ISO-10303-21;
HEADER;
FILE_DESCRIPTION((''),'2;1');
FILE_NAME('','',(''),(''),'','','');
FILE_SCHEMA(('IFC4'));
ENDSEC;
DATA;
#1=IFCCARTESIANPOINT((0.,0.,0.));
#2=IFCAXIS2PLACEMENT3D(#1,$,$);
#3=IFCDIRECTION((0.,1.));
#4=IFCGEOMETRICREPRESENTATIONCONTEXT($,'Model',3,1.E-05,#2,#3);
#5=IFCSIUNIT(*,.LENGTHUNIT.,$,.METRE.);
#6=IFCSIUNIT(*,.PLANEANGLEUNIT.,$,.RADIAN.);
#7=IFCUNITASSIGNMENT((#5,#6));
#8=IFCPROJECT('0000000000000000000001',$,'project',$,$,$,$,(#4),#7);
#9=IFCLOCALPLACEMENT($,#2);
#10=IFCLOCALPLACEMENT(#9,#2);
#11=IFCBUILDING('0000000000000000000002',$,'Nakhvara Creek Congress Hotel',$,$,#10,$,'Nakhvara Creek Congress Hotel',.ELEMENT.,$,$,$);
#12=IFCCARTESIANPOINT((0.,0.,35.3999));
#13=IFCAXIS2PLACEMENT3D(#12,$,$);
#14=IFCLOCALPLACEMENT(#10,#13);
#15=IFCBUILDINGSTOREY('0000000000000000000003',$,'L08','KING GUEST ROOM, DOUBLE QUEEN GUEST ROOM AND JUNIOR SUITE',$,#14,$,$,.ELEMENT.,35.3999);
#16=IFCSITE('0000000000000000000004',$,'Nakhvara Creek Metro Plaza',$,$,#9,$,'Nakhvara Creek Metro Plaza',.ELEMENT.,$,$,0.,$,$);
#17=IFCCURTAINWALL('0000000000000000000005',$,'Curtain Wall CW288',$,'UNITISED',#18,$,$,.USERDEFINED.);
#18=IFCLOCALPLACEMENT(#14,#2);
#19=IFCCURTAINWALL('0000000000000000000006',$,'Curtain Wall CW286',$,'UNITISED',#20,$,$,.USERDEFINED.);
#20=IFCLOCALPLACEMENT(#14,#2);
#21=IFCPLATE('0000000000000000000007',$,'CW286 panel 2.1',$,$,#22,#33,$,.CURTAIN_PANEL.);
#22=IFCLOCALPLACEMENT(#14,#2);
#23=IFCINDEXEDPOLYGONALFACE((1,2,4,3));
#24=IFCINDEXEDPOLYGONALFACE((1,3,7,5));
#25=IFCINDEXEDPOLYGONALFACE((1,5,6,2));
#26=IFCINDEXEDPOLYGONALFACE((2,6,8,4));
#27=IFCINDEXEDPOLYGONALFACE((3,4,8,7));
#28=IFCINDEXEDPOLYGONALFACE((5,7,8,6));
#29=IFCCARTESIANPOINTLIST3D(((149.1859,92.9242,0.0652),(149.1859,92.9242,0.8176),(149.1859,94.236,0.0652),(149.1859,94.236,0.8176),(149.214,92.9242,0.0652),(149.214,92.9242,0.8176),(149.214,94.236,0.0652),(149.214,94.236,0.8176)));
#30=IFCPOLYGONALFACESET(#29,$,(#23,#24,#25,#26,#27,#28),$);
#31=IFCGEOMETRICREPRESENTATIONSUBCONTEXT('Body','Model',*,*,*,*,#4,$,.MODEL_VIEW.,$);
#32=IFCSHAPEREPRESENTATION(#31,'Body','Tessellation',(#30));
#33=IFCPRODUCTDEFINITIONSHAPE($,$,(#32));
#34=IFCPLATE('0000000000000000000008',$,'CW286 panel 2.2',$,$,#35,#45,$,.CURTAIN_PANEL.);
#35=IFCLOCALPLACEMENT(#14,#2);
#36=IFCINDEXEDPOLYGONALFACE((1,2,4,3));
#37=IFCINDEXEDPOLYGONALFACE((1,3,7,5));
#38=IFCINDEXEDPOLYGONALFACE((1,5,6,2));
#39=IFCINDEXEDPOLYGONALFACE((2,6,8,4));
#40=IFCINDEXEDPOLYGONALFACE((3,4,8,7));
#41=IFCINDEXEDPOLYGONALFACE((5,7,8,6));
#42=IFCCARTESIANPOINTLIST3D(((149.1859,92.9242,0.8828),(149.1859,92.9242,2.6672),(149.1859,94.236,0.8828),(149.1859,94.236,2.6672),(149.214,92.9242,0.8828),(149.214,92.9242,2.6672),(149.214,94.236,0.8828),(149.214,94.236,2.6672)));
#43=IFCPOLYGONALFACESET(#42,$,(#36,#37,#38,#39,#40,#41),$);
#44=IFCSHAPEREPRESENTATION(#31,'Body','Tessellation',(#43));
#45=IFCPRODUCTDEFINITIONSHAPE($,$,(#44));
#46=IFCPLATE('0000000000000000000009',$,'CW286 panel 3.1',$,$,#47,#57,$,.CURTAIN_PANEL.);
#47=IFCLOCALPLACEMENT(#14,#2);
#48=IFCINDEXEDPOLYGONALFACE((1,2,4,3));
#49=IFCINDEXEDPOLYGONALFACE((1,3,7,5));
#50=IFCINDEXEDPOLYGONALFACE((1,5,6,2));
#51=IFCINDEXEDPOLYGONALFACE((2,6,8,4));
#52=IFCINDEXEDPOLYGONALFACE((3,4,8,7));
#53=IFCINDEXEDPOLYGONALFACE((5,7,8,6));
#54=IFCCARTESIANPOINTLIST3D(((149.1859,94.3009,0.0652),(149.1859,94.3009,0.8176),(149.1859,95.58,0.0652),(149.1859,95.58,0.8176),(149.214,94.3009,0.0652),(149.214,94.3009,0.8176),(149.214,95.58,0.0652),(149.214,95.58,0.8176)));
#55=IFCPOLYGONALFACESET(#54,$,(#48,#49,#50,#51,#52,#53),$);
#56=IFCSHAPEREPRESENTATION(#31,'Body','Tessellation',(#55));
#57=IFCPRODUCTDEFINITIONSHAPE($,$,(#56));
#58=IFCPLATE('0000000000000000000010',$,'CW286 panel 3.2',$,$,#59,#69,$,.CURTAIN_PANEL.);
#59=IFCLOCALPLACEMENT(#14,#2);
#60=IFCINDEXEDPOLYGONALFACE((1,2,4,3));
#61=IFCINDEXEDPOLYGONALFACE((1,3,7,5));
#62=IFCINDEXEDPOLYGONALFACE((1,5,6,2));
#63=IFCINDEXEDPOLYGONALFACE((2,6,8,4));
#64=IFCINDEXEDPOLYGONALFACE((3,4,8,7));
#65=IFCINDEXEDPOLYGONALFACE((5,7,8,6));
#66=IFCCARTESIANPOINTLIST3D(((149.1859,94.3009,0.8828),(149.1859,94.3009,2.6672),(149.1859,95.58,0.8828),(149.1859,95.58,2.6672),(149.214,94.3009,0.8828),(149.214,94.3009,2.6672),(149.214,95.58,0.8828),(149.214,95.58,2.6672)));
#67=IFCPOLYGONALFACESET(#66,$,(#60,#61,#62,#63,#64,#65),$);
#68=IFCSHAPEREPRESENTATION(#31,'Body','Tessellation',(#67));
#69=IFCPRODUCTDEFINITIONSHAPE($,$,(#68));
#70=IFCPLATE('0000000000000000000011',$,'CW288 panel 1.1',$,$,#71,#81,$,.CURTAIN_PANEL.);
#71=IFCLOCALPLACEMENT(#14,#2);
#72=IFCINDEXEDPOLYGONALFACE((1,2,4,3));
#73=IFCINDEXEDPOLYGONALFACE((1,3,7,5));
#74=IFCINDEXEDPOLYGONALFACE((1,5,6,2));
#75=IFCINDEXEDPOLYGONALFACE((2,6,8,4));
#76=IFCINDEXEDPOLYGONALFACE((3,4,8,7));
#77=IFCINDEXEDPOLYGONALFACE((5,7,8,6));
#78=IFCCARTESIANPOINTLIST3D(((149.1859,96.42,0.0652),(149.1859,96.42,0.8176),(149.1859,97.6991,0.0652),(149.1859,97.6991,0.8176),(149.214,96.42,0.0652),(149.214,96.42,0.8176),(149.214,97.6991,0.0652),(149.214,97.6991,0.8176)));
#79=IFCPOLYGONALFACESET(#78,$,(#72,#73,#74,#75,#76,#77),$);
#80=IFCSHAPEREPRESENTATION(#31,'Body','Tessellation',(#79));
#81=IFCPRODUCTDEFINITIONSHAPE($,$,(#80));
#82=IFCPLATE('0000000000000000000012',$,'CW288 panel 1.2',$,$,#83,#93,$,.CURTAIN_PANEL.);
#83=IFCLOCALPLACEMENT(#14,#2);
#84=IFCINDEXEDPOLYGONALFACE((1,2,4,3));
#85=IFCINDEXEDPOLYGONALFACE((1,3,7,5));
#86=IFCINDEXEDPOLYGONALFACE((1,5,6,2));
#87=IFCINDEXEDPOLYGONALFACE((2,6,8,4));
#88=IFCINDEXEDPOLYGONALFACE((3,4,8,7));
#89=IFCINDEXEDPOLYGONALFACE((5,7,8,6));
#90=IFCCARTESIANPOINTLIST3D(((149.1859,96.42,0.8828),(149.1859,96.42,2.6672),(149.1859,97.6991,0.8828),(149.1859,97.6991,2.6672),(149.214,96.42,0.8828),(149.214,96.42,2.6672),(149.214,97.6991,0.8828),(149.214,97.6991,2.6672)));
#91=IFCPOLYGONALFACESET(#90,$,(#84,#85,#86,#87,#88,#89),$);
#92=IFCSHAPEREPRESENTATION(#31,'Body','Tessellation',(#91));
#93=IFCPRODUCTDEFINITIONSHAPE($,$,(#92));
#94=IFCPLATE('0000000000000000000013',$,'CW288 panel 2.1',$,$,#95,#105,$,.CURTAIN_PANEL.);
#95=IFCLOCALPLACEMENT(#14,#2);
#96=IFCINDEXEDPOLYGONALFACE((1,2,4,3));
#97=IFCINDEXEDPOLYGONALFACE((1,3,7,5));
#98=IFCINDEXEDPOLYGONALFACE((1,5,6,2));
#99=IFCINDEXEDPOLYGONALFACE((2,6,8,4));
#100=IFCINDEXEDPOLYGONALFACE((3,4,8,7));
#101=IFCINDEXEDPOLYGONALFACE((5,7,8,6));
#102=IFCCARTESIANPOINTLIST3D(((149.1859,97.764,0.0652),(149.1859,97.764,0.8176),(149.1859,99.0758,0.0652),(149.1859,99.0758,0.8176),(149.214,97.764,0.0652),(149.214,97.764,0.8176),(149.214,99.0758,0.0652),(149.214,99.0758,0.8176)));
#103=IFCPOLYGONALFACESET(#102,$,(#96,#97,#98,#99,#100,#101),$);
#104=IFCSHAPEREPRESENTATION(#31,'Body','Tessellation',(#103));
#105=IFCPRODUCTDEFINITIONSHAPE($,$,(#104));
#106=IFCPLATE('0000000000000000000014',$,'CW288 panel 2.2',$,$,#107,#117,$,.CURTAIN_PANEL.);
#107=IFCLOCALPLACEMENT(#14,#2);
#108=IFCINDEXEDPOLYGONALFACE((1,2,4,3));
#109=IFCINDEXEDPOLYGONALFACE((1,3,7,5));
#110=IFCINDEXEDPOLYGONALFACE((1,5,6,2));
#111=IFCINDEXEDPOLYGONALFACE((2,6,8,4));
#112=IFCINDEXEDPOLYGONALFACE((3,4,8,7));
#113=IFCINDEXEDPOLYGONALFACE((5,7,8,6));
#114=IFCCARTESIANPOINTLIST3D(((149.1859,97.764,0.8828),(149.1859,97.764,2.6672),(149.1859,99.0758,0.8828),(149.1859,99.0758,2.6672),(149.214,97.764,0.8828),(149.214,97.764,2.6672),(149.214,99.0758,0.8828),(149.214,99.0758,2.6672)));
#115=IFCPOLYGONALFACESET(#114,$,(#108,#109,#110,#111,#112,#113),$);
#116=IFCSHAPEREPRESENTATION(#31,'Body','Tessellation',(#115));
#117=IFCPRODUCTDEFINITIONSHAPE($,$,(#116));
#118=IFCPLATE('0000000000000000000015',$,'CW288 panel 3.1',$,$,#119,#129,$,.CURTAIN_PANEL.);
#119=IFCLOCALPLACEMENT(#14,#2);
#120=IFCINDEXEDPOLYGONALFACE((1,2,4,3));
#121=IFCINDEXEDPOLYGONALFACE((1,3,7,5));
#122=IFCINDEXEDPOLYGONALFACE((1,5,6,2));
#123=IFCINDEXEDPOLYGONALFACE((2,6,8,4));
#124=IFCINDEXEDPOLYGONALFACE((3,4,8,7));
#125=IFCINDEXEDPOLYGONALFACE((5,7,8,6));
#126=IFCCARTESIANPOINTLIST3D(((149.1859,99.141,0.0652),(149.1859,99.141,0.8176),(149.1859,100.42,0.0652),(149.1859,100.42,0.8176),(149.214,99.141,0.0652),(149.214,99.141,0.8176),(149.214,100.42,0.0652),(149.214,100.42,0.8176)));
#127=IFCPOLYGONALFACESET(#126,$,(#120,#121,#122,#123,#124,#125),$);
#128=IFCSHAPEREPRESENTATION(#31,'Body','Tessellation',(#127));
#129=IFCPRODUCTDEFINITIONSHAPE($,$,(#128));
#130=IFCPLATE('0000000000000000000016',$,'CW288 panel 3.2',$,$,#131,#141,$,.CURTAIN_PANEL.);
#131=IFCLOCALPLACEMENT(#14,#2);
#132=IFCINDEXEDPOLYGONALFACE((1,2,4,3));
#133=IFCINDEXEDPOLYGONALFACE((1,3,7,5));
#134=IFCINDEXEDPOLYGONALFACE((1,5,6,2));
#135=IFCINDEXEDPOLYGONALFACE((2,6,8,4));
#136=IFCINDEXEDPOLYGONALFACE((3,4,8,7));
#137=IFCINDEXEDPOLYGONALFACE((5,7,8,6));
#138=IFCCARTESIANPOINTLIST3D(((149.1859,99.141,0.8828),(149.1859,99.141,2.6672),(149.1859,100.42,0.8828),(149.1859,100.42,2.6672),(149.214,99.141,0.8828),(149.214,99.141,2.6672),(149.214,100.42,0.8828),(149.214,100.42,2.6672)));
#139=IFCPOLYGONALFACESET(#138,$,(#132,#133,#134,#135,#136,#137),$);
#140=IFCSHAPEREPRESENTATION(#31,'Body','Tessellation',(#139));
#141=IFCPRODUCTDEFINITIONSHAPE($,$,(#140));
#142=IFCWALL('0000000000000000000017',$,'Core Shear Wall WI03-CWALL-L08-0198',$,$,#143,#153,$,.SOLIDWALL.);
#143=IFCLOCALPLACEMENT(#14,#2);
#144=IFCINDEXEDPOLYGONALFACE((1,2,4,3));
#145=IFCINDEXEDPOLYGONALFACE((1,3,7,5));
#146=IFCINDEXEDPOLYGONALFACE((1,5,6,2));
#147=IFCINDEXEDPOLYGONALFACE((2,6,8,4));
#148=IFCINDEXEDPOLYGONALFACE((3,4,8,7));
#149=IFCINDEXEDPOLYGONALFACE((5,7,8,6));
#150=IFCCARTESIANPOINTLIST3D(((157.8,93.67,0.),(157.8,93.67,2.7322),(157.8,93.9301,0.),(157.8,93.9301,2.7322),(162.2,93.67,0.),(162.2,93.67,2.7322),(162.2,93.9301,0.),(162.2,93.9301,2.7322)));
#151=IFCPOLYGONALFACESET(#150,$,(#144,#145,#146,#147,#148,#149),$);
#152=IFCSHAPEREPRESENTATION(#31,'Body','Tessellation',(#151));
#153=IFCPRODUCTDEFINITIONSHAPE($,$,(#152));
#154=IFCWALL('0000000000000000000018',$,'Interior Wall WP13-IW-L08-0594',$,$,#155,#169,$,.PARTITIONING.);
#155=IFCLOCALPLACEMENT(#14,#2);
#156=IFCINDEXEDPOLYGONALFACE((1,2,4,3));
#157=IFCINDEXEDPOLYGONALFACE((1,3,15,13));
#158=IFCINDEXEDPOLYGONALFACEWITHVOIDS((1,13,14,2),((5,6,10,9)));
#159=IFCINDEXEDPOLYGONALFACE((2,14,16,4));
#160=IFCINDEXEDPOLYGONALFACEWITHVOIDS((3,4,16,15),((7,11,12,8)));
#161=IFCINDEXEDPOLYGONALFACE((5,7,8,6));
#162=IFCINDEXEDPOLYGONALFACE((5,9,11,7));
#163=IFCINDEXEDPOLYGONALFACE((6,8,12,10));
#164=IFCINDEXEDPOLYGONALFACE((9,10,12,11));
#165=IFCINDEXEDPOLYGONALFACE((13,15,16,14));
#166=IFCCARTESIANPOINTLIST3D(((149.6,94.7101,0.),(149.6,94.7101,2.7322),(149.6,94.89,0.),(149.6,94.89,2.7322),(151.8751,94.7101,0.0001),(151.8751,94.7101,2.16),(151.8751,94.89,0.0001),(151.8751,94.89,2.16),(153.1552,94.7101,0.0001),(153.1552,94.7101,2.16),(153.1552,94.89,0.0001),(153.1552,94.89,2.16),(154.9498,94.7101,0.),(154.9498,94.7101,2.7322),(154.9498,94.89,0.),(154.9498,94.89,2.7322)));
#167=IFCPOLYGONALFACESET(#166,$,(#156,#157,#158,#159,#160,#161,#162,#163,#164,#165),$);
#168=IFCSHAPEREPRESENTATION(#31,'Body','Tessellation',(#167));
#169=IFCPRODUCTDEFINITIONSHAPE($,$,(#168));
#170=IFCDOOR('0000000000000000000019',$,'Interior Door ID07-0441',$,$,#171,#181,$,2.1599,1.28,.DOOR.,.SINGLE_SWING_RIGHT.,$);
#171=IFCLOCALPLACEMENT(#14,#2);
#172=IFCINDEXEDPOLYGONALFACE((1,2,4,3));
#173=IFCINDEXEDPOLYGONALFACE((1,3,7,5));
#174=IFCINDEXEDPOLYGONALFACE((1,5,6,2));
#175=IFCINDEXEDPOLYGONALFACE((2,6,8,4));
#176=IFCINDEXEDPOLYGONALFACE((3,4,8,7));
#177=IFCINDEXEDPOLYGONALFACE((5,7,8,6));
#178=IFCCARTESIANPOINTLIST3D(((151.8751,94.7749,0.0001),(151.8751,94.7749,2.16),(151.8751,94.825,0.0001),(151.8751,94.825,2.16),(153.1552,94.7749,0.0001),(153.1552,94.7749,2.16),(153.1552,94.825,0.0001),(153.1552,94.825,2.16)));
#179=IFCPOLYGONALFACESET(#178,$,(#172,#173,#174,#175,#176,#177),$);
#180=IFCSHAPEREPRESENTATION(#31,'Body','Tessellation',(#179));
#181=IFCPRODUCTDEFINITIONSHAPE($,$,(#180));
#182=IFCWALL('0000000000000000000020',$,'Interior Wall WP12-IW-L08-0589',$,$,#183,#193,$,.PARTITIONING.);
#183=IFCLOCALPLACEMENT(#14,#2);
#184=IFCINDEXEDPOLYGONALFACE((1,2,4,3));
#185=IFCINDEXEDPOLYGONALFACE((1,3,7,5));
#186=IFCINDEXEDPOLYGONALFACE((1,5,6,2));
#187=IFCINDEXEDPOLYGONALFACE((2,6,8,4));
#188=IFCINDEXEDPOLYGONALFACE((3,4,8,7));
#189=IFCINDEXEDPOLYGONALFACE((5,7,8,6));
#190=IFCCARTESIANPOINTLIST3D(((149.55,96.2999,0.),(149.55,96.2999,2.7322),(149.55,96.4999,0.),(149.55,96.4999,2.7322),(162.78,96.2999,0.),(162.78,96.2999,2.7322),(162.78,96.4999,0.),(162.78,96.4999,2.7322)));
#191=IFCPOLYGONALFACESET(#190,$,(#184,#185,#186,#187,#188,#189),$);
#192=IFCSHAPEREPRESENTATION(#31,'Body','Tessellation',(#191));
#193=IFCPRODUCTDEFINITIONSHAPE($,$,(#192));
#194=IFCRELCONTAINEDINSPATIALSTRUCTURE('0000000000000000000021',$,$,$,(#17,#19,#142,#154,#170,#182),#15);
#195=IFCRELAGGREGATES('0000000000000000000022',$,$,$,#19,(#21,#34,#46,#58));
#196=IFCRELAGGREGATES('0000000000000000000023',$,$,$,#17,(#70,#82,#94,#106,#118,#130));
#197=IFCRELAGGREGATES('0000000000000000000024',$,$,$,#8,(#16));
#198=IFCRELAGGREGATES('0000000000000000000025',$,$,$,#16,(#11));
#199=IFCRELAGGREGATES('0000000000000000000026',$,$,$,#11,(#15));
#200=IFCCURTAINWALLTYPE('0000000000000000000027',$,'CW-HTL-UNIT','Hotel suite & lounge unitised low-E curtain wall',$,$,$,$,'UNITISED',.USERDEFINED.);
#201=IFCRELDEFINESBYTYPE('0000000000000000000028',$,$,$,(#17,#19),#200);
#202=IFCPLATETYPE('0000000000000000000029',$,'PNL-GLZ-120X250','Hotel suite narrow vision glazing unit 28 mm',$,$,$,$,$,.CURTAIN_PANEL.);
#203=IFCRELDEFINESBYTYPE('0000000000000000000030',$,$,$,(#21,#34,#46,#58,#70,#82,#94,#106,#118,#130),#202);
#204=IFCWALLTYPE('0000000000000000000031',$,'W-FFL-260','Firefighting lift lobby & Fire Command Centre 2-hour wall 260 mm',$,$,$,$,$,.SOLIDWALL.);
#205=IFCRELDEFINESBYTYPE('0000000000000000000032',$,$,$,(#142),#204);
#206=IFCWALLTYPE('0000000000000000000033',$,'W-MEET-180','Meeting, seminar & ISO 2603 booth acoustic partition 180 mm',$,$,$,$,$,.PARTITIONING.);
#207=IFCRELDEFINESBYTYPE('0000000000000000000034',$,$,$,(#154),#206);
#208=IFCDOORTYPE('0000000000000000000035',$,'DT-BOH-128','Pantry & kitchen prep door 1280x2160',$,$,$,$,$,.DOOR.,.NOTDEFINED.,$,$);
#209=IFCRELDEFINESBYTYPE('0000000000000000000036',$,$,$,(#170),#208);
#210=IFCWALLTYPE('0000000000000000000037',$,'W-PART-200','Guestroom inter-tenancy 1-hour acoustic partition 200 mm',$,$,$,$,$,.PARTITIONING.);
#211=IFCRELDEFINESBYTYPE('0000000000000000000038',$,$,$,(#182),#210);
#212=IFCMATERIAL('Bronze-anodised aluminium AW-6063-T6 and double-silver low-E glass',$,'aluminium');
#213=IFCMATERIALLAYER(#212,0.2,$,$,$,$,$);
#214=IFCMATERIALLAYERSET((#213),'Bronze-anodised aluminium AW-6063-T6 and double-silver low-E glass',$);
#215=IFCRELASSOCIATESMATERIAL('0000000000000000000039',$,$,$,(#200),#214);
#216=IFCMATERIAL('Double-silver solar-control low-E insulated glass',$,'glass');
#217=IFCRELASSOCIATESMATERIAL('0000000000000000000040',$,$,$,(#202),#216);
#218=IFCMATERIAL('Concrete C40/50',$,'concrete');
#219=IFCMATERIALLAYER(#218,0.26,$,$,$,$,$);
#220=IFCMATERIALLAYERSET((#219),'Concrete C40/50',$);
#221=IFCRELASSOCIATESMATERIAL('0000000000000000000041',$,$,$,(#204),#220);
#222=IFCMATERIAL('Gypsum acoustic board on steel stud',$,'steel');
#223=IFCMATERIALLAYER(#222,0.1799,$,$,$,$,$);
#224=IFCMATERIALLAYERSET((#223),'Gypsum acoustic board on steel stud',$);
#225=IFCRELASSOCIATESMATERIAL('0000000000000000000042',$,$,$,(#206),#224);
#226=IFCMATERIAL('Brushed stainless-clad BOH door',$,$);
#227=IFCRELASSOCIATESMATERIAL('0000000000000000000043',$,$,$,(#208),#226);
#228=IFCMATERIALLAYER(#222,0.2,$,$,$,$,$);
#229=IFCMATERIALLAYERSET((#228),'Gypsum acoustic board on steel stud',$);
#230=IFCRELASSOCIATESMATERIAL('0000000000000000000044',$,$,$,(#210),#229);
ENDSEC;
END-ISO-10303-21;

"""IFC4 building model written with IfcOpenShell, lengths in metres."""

from ifc_helpers import new_model, si_unit, direction, frame, frame_2d, origin, origin_2d, place, context, subcontext, project, spatial, rectangle, extrude, material, layer, layer_set, type_object, element, fill, aggregate, save


model = new_model("IFC4")

# Units and contexts
model_context = context("Model", 3, precision=1e-05, world=origin(), true_north=direction((0.0, 1.0)))
body_context = subcontext(model_context, "Body", "Model", "MODEL_VIEW")
ifc_project = project(units=[si_unit("LENGTHUNIT", "METRE"), si_unit("PLANEANGLEUNIT", "RADIAN")], contexts=[model_context])

# Site, building, storey
site_placement = place(None, origin())
site = spatial("IfcSite", under=ifc_project, at=site_placement, Name="Nakhvara Creek Metro Plaza", LongName="Nakhvara Creek Metro Plaza", CompositionType="ELEMENT", RefElevation=0.0)
building_placement = place(site_placement, origin())
building = spatial("IfcBuilding", under=site, at=building_placement, Name="Nakhvara Creek Congress Hotel", LongName="Nakhvara Creek Congress Hotel", CompositionType="ELEMENT")
storey_placement = place(building_placement, frame((0.0, 0.0, 35.3999)))
storey = spatial("IfcBuildingStorey", under=building, at=storey_placement, Name="L08", Description="KING GUEST ROOM, DOUBLE QUEEN GUEST ROOM AND JUNIOR SUITE", CompositionType="ELEMENT", Elevation=35.3999)

# Shared definitions
ifc_material_1 = material(Name="Concrete C40/50", Category="concrete")

# Curtain walls
ifc_material_2 = material(Name="Bronze-anodised aluminium AW-6063-T6 and double-silver low-E glass", Category="aluminium")
ifc_layer_1 = layer(ifc_material_2, 0.2)
ifc_layer_set_1 = layer_set([ifc_layer_1], Name="Bronze-anodised aluminium AW-6063-T6 and double-silver low-E glass")
curtain_wall_type = type_object("IfcCurtainWallType", Name="CW-HTL-UNIT", Description="Hotel suite & lounge unitised low-E curtain wall", ElementType="UNITISED", PredefinedType="USERDEFINED", material=ifc_layer_set_1)
curtain_wall_1_placement = place(storey_placement, origin())
curtain_wall_1 = element("IfcCurtainWall", 1, at=curtain_wall_1_placement, inside=storey, type_object=curtain_wall_type, Name="Curtain Wall CW288", ObjectType="UNITISED", PredefinedType="USERDEFINED")
curtain_wall_2_placement = place(storey_placement, origin())
curtain_wall_2 = element("IfcCurtainWall", 2, at=curtain_wall_2_placement, inside=storey, type_object=curtain_wall_type, Name="Curtain Wall CW286", ObjectType="UNITISED", PredefinedType="USERDEFINED")

# Plates
ifc_material_3 = material(Name="Double-silver solar-control low-E insulated glass", Category="glass")
plate_type = type_object("IfcPlateType", Name="PNL-GLZ-120X250", Description="Hotel suite narrow vision glazing unit 28 mm", PredefinedType="CURTAIN_PANEL", material=ifc_material_3)
plate_1_placement = place(storey_placement, frame((149.2, 93.5801, 0.0652), z_axis=(0.0, 0.0, 1.0), x_axis=(0.0, 1.0, 0.0)))
plate_1 = element("IfcPlate", 3, at=plate_1_placement, type_object=plate_type, Name="CW286 panel 2.1", PredefinedType="CURTAIN_PANEL", context=body_context, shape_type="SweptSolid", body=[
    extrude(rectangle(XDim=1.3118, YDim=0.0281, at=origin_2d()), origin(), (0.0, 0.0, 1.0), 0.7524),
])
plate_2_placement = place(storey_placement, frame((149.2, 93.5801, 0.8828), z_axis=(0.0, 0.0, 1.0), x_axis=(0.0, 1.0, 0.0)))
plate_2 = element("IfcPlate", 4, at=plate_2_placement, type_object=plate_type, Name="CW286 panel 2.2", PredefinedType="CURTAIN_PANEL", context=body_context, shape_type="SweptSolid", body=[
    extrude(rectangle(XDim=1.3118, YDim=0.0281, at=origin_2d()), origin(), (0.0, 0.0, 1.0), 1.7844),
])
plate_3_placement = place(storey_placement, frame((149.2, 94.9404, 0.0652), z_axis=(0.0, 0.0, 1.0), x_axis=(0.0, 1.0, 0.0)))
plate_3 = element("IfcPlate", 5, at=plate_3_placement, type_object=plate_type, Name="CW286 panel 3.1", PredefinedType="CURTAIN_PANEL", context=body_context, shape_type="SweptSolid", body=[
    extrude(rectangle(XDim=1.2791, YDim=0.0281, at=origin_2d()), origin(), (0.0, 0.0, 1.0), 0.7524),
])
plate_4_placement = place(storey_placement, frame((149.2, 94.9404, 0.8828), z_axis=(0.0, 0.0, 1.0), x_axis=(0.0, 1.0, 0.0)))
plate_4 = element("IfcPlate", 6, at=plate_4_placement, type_object=plate_type, Name="CW286 panel 3.2", PredefinedType="CURTAIN_PANEL", context=body_context, shape_type="SweptSolid", body=[
    extrude(rectangle(XDim=1.2791, YDim=0.0281, at=origin_2d()), origin(), (0.0, 0.0, 1.0), 1.7844),
])
aggregate(curtain_wall_2, [plate_1, plate_2, plate_3, plate_4])
plate_5_placement = place(storey_placement, frame((149.2, 97.0596, 0.0652), z_axis=(0.0, 0.0, 1.0), x_axis=(0.0, 1.0, 0.0)))
plate_5 = element("IfcPlate", 7, at=plate_5_placement, type_object=plate_type, Name="CW288 panel 1.1", PredefinedType="CURTAIN_PANEL", context=body_context, shape_type="SweptSolid", body=[
    extrude(rectangle(XDim=1.2791, YDim=0.0281, at=origin_2d()), origin(), (0.0, 0.0, 1.0), 0.7524),
])
plate_6_placement = place(storey_placement, frame((149.2, 97.0596, 0.8828), z_axis=(0.0, 0.0, 1.0), x_axis=(0.0, 1.0, 0.0)))
plate_6 = element("IfcPlate", 8, at=plate_6_placement, type_object=plate_type, Name="CW288 panel 1.2", PredefinedType="CURTAIN_PANEL", context=body_context, shape_type="SweptSolid", body=[
    extrude(rectangle(XDim=1.2791, YDim=0.0281, at=origin_2d()), origin(), (0.0, 0.0, 1.0), 1.7844),
])
plate_7_placement = place(storey_placement, frame((149.2, 98.4199, 0.0652), z_axis=(0.0, 0.0, 1.0), x_axis=(0.0, 1.0, 0.0)))
plate_7 = element("IfcPlate", 9, at=plate_7_placement, type_object=plate_type, Name="CW288 panel 2.1", PredefinedType="CURTAIN_PANEL", context=body_context, shape_type="SweptSolid", body=[
    extrude(rectangle(XDim=1.3118, YDim=0.0281, at=origin_2d()), origin(), (0.0, 0.0, 1.0), 0.7524),
])
plate_8_placement = place(storey_placement, frame((149.2, 98.4199, 0.8828), z_axis=(0.0, 0.0, 1.0), x_axis=(0.0, 1.0, 0.0)))
plate_8 = element("IfcPlate", 10, at=plate_8_placement, type_object=plate_type, Name="CW288 panel 2.2", PredefinedType="CURTAIN_PANEL", context=body_context, shape_type="SweptSolid", body=[
    extrude(rectangle(XDim=1.3118, YDim=0.0281, at=origin_2d()), origin(), (0.0, 0.0, 1.0), 1.7844),
])
plate_9_placement = place(storey_placement, frame((149.2, 99.7805, 0.0652), z_axis=(0.0, 0.0, 1.0), x_axis=(0.0, 1.0, 0.0)))
plate_9 = element("IfcPlate", 11, at=plate_9_placement, type_object=plate_type, Name="CW288 panel 3.1", PredefinedType="CURTAIN_PANEL", context=body_context, shape_type="SweptSolid", body=[
    extrude(rectangle(XDim=1.2791, YDim=0.0281, at=origin_2d()), origin(), (0.0, 0.0, 1.0), 0.7524),
])
plate_10_placement = place(storey_placement, frame((149.2, 99.7805, 0.8828), z_axis=(0.0, 0.0, 1.0), x_axis=(0.0, 1.0, 0.0)))
plate_10 = element("IfcPlate", 12, at=plate_10_placement, type_object=plate_type, Name="CW288 panel 3.2", PredefinedType="CURTAIN_PANEL", context=body_context, shape_type="SweptSolid", body=[
    extrude(rectangle(XDim=1.2791, YDim=0.0281, at=origin_2d()), origin(), (0.0, 0.0, 1.0), 1.7844),
])
aggregate(curtain_wall_1, [plate_5, plate_6, plate_7, plate_8, plate_9, plate_10])

# Wall
ifc_layer_2 = layer(ifc_material_1, 0.26)
ifc_layer_set_2 = layer_set([ifc_layer_2], Name="Concrete C40/50")
wall_type_1 = type_object("IfcWallType", Name="W-FFL-260", Description="Firefighting lift lobby & Fire Command Centre 2-hour wall 260 mm", PredefinedType="SOLIDWALL", material=ifc_layer_set_2)
wall_1_placement = place(storey_placement, frame((157.8, 93.8, 0.0), z_axis=(0.0, 0.0, 1.0), x_axis=(1.0, 0.0, 0.0)))
element("IfcWall", 13, at=wall_1_placement, inside=storey, type_object=wall_type_1, Name="Core Shear Wall WI03-CWALL-L08-0198", PredefinedType="SOLIDWALL", context=body_context, shape_type="SweptSolid", body=[
    extrude(rectangle(XDim=4.3999, YDim=0.26, at=frame_2d((2.2, 0.0))), origin(), (0.0, 0.0, 1.0), 2.7322),
])

# Wall, opening, door
ifc_material_4 = material(Name="Gypsum acoustic board on steel stud", Category="steel")
ifc_layer_3 = layer(ifc_material_4, 0.1799)
ifc_layer_set_3 = layer_set([ifc_layer_3], Name="Gypsum acoustic board on steel stud")
wall_type_2 = type_object("IfcWallType", Name="W-MEET-180", Description="Meeting, seminar & ISO 2603 booth acoustic partition 180 mm", PredefinedType="PARTITIONING", material=ifc_layer_set_3)
wall_2_placement = place(storey_placement, frame((149.6001, 94.8, 0.0), z_axis=(0.0, 0.0, 1.0), x_axis=(1.0, 0.0, 0.0)))
wall_2 = element("IfcWall", 14, at=wall_2_placement, inside=storey, type_object=wall_type_2, Name="Interior Wall WP13-IW-L08-0594", PredefinedType="PARTITIONING", context=body_context, shape_type="SweptSolid", body=[
    extrude(rectangle(XDim=5.3499, YDim=0.1799, at=frame_2d((2.6748, 0.0))), origin(), (0.0, 0.0, 1.0), 2.7322),
])
opening_placement = place(wall_2_placement, frame((2.2749, 0.0, 0.0)))
opening = element("IfcOpeningElement", 15, at=opening_placement, cuts=wall_2, PredefinedType="OPENING", context=body_context, shape_type="SweptSolid", body=[
    extrude(rectangle(XDim=1.28, YDim=2.1599, at=frame_2d((0.6401, 1.0801))), frame((0.0, 0.1021, 0.0), z_axis=(0.0, -1.0, 0.0), x_axis=(1.0, 0.0, 0.0)), (0.0, 0.0, 1.0), 0.2039),
])
ifc_material_5 = material(Name="Brushed stainless-clad BOH door")
door_type = type_object("IfcDoorType", Name="DT-BOH-128", Description="Pantry & kitchen prep door 1280x2160", OperationType="NOTDEFINED", PredefinedType="DOOR", material=ifc_material_5)
door_placement = place(opening_placement, origin())
door = element("IfcDoor", 16, at=door_placement, inside=storey, type_object=door_type, Name="Interior Door ID07-0441", OperationType="SINGLE_SWING_RIGHT", OverallHeight=2.1599, OverallWidth=1.28, PredefinedType="DOOR", context=body_context, shape_type="SweptSolid", body=[
    extrude(rectangle(XDim=1.28, YDim=2.1599, at=frame_2d((0.6401, 1.0801))), frame((0.0, 0.0249, 0.0), z_axis=(0.0, -1.0, 0.0), x_axis=(1.0, 0.0, 0.0)), (0.0, 0.0, 1.0), 0.05),
])
fill(opening, door)

# Wall
ifc_layer_4 = layer(ifc_material_4, 0.2)
ifc_layer_set_4 = layer_set([ifc_layer_4], Name="Gypsum acoustic board on steel stud")
wall_type_3 = type_object("IfcWallType", Name="W-PART-200", Description="Guestroom inter-tenancy 1-hour acoustic partition 200 mm", PredefinedType="PARTITIONING", material=ifc_layer_set_4)
wall_3_placement = place(storey_placement, frame((149.55, 96.3999, 0.0), z_axis=(0.0, 0.0, 1.0), x_axis=(1.0, 0.0, 0.0)))
element("IfcWall", 17, at=wall_3_placement, inside=storey, type_object=wall_type_3, Name="Interior Wall WP12-IW-L08-0589", PredefinedType="PARTITIONING", context=body_context, shape_type="SweptSolid", body=[
    extrude(rectangle(XDim=13.23, YDim=0.2, at=frame_2d((6.615, 0.0))), origin(), (0.0, 0.0, 1.0), 2.7322),
])

save(model, "model.ifc")
